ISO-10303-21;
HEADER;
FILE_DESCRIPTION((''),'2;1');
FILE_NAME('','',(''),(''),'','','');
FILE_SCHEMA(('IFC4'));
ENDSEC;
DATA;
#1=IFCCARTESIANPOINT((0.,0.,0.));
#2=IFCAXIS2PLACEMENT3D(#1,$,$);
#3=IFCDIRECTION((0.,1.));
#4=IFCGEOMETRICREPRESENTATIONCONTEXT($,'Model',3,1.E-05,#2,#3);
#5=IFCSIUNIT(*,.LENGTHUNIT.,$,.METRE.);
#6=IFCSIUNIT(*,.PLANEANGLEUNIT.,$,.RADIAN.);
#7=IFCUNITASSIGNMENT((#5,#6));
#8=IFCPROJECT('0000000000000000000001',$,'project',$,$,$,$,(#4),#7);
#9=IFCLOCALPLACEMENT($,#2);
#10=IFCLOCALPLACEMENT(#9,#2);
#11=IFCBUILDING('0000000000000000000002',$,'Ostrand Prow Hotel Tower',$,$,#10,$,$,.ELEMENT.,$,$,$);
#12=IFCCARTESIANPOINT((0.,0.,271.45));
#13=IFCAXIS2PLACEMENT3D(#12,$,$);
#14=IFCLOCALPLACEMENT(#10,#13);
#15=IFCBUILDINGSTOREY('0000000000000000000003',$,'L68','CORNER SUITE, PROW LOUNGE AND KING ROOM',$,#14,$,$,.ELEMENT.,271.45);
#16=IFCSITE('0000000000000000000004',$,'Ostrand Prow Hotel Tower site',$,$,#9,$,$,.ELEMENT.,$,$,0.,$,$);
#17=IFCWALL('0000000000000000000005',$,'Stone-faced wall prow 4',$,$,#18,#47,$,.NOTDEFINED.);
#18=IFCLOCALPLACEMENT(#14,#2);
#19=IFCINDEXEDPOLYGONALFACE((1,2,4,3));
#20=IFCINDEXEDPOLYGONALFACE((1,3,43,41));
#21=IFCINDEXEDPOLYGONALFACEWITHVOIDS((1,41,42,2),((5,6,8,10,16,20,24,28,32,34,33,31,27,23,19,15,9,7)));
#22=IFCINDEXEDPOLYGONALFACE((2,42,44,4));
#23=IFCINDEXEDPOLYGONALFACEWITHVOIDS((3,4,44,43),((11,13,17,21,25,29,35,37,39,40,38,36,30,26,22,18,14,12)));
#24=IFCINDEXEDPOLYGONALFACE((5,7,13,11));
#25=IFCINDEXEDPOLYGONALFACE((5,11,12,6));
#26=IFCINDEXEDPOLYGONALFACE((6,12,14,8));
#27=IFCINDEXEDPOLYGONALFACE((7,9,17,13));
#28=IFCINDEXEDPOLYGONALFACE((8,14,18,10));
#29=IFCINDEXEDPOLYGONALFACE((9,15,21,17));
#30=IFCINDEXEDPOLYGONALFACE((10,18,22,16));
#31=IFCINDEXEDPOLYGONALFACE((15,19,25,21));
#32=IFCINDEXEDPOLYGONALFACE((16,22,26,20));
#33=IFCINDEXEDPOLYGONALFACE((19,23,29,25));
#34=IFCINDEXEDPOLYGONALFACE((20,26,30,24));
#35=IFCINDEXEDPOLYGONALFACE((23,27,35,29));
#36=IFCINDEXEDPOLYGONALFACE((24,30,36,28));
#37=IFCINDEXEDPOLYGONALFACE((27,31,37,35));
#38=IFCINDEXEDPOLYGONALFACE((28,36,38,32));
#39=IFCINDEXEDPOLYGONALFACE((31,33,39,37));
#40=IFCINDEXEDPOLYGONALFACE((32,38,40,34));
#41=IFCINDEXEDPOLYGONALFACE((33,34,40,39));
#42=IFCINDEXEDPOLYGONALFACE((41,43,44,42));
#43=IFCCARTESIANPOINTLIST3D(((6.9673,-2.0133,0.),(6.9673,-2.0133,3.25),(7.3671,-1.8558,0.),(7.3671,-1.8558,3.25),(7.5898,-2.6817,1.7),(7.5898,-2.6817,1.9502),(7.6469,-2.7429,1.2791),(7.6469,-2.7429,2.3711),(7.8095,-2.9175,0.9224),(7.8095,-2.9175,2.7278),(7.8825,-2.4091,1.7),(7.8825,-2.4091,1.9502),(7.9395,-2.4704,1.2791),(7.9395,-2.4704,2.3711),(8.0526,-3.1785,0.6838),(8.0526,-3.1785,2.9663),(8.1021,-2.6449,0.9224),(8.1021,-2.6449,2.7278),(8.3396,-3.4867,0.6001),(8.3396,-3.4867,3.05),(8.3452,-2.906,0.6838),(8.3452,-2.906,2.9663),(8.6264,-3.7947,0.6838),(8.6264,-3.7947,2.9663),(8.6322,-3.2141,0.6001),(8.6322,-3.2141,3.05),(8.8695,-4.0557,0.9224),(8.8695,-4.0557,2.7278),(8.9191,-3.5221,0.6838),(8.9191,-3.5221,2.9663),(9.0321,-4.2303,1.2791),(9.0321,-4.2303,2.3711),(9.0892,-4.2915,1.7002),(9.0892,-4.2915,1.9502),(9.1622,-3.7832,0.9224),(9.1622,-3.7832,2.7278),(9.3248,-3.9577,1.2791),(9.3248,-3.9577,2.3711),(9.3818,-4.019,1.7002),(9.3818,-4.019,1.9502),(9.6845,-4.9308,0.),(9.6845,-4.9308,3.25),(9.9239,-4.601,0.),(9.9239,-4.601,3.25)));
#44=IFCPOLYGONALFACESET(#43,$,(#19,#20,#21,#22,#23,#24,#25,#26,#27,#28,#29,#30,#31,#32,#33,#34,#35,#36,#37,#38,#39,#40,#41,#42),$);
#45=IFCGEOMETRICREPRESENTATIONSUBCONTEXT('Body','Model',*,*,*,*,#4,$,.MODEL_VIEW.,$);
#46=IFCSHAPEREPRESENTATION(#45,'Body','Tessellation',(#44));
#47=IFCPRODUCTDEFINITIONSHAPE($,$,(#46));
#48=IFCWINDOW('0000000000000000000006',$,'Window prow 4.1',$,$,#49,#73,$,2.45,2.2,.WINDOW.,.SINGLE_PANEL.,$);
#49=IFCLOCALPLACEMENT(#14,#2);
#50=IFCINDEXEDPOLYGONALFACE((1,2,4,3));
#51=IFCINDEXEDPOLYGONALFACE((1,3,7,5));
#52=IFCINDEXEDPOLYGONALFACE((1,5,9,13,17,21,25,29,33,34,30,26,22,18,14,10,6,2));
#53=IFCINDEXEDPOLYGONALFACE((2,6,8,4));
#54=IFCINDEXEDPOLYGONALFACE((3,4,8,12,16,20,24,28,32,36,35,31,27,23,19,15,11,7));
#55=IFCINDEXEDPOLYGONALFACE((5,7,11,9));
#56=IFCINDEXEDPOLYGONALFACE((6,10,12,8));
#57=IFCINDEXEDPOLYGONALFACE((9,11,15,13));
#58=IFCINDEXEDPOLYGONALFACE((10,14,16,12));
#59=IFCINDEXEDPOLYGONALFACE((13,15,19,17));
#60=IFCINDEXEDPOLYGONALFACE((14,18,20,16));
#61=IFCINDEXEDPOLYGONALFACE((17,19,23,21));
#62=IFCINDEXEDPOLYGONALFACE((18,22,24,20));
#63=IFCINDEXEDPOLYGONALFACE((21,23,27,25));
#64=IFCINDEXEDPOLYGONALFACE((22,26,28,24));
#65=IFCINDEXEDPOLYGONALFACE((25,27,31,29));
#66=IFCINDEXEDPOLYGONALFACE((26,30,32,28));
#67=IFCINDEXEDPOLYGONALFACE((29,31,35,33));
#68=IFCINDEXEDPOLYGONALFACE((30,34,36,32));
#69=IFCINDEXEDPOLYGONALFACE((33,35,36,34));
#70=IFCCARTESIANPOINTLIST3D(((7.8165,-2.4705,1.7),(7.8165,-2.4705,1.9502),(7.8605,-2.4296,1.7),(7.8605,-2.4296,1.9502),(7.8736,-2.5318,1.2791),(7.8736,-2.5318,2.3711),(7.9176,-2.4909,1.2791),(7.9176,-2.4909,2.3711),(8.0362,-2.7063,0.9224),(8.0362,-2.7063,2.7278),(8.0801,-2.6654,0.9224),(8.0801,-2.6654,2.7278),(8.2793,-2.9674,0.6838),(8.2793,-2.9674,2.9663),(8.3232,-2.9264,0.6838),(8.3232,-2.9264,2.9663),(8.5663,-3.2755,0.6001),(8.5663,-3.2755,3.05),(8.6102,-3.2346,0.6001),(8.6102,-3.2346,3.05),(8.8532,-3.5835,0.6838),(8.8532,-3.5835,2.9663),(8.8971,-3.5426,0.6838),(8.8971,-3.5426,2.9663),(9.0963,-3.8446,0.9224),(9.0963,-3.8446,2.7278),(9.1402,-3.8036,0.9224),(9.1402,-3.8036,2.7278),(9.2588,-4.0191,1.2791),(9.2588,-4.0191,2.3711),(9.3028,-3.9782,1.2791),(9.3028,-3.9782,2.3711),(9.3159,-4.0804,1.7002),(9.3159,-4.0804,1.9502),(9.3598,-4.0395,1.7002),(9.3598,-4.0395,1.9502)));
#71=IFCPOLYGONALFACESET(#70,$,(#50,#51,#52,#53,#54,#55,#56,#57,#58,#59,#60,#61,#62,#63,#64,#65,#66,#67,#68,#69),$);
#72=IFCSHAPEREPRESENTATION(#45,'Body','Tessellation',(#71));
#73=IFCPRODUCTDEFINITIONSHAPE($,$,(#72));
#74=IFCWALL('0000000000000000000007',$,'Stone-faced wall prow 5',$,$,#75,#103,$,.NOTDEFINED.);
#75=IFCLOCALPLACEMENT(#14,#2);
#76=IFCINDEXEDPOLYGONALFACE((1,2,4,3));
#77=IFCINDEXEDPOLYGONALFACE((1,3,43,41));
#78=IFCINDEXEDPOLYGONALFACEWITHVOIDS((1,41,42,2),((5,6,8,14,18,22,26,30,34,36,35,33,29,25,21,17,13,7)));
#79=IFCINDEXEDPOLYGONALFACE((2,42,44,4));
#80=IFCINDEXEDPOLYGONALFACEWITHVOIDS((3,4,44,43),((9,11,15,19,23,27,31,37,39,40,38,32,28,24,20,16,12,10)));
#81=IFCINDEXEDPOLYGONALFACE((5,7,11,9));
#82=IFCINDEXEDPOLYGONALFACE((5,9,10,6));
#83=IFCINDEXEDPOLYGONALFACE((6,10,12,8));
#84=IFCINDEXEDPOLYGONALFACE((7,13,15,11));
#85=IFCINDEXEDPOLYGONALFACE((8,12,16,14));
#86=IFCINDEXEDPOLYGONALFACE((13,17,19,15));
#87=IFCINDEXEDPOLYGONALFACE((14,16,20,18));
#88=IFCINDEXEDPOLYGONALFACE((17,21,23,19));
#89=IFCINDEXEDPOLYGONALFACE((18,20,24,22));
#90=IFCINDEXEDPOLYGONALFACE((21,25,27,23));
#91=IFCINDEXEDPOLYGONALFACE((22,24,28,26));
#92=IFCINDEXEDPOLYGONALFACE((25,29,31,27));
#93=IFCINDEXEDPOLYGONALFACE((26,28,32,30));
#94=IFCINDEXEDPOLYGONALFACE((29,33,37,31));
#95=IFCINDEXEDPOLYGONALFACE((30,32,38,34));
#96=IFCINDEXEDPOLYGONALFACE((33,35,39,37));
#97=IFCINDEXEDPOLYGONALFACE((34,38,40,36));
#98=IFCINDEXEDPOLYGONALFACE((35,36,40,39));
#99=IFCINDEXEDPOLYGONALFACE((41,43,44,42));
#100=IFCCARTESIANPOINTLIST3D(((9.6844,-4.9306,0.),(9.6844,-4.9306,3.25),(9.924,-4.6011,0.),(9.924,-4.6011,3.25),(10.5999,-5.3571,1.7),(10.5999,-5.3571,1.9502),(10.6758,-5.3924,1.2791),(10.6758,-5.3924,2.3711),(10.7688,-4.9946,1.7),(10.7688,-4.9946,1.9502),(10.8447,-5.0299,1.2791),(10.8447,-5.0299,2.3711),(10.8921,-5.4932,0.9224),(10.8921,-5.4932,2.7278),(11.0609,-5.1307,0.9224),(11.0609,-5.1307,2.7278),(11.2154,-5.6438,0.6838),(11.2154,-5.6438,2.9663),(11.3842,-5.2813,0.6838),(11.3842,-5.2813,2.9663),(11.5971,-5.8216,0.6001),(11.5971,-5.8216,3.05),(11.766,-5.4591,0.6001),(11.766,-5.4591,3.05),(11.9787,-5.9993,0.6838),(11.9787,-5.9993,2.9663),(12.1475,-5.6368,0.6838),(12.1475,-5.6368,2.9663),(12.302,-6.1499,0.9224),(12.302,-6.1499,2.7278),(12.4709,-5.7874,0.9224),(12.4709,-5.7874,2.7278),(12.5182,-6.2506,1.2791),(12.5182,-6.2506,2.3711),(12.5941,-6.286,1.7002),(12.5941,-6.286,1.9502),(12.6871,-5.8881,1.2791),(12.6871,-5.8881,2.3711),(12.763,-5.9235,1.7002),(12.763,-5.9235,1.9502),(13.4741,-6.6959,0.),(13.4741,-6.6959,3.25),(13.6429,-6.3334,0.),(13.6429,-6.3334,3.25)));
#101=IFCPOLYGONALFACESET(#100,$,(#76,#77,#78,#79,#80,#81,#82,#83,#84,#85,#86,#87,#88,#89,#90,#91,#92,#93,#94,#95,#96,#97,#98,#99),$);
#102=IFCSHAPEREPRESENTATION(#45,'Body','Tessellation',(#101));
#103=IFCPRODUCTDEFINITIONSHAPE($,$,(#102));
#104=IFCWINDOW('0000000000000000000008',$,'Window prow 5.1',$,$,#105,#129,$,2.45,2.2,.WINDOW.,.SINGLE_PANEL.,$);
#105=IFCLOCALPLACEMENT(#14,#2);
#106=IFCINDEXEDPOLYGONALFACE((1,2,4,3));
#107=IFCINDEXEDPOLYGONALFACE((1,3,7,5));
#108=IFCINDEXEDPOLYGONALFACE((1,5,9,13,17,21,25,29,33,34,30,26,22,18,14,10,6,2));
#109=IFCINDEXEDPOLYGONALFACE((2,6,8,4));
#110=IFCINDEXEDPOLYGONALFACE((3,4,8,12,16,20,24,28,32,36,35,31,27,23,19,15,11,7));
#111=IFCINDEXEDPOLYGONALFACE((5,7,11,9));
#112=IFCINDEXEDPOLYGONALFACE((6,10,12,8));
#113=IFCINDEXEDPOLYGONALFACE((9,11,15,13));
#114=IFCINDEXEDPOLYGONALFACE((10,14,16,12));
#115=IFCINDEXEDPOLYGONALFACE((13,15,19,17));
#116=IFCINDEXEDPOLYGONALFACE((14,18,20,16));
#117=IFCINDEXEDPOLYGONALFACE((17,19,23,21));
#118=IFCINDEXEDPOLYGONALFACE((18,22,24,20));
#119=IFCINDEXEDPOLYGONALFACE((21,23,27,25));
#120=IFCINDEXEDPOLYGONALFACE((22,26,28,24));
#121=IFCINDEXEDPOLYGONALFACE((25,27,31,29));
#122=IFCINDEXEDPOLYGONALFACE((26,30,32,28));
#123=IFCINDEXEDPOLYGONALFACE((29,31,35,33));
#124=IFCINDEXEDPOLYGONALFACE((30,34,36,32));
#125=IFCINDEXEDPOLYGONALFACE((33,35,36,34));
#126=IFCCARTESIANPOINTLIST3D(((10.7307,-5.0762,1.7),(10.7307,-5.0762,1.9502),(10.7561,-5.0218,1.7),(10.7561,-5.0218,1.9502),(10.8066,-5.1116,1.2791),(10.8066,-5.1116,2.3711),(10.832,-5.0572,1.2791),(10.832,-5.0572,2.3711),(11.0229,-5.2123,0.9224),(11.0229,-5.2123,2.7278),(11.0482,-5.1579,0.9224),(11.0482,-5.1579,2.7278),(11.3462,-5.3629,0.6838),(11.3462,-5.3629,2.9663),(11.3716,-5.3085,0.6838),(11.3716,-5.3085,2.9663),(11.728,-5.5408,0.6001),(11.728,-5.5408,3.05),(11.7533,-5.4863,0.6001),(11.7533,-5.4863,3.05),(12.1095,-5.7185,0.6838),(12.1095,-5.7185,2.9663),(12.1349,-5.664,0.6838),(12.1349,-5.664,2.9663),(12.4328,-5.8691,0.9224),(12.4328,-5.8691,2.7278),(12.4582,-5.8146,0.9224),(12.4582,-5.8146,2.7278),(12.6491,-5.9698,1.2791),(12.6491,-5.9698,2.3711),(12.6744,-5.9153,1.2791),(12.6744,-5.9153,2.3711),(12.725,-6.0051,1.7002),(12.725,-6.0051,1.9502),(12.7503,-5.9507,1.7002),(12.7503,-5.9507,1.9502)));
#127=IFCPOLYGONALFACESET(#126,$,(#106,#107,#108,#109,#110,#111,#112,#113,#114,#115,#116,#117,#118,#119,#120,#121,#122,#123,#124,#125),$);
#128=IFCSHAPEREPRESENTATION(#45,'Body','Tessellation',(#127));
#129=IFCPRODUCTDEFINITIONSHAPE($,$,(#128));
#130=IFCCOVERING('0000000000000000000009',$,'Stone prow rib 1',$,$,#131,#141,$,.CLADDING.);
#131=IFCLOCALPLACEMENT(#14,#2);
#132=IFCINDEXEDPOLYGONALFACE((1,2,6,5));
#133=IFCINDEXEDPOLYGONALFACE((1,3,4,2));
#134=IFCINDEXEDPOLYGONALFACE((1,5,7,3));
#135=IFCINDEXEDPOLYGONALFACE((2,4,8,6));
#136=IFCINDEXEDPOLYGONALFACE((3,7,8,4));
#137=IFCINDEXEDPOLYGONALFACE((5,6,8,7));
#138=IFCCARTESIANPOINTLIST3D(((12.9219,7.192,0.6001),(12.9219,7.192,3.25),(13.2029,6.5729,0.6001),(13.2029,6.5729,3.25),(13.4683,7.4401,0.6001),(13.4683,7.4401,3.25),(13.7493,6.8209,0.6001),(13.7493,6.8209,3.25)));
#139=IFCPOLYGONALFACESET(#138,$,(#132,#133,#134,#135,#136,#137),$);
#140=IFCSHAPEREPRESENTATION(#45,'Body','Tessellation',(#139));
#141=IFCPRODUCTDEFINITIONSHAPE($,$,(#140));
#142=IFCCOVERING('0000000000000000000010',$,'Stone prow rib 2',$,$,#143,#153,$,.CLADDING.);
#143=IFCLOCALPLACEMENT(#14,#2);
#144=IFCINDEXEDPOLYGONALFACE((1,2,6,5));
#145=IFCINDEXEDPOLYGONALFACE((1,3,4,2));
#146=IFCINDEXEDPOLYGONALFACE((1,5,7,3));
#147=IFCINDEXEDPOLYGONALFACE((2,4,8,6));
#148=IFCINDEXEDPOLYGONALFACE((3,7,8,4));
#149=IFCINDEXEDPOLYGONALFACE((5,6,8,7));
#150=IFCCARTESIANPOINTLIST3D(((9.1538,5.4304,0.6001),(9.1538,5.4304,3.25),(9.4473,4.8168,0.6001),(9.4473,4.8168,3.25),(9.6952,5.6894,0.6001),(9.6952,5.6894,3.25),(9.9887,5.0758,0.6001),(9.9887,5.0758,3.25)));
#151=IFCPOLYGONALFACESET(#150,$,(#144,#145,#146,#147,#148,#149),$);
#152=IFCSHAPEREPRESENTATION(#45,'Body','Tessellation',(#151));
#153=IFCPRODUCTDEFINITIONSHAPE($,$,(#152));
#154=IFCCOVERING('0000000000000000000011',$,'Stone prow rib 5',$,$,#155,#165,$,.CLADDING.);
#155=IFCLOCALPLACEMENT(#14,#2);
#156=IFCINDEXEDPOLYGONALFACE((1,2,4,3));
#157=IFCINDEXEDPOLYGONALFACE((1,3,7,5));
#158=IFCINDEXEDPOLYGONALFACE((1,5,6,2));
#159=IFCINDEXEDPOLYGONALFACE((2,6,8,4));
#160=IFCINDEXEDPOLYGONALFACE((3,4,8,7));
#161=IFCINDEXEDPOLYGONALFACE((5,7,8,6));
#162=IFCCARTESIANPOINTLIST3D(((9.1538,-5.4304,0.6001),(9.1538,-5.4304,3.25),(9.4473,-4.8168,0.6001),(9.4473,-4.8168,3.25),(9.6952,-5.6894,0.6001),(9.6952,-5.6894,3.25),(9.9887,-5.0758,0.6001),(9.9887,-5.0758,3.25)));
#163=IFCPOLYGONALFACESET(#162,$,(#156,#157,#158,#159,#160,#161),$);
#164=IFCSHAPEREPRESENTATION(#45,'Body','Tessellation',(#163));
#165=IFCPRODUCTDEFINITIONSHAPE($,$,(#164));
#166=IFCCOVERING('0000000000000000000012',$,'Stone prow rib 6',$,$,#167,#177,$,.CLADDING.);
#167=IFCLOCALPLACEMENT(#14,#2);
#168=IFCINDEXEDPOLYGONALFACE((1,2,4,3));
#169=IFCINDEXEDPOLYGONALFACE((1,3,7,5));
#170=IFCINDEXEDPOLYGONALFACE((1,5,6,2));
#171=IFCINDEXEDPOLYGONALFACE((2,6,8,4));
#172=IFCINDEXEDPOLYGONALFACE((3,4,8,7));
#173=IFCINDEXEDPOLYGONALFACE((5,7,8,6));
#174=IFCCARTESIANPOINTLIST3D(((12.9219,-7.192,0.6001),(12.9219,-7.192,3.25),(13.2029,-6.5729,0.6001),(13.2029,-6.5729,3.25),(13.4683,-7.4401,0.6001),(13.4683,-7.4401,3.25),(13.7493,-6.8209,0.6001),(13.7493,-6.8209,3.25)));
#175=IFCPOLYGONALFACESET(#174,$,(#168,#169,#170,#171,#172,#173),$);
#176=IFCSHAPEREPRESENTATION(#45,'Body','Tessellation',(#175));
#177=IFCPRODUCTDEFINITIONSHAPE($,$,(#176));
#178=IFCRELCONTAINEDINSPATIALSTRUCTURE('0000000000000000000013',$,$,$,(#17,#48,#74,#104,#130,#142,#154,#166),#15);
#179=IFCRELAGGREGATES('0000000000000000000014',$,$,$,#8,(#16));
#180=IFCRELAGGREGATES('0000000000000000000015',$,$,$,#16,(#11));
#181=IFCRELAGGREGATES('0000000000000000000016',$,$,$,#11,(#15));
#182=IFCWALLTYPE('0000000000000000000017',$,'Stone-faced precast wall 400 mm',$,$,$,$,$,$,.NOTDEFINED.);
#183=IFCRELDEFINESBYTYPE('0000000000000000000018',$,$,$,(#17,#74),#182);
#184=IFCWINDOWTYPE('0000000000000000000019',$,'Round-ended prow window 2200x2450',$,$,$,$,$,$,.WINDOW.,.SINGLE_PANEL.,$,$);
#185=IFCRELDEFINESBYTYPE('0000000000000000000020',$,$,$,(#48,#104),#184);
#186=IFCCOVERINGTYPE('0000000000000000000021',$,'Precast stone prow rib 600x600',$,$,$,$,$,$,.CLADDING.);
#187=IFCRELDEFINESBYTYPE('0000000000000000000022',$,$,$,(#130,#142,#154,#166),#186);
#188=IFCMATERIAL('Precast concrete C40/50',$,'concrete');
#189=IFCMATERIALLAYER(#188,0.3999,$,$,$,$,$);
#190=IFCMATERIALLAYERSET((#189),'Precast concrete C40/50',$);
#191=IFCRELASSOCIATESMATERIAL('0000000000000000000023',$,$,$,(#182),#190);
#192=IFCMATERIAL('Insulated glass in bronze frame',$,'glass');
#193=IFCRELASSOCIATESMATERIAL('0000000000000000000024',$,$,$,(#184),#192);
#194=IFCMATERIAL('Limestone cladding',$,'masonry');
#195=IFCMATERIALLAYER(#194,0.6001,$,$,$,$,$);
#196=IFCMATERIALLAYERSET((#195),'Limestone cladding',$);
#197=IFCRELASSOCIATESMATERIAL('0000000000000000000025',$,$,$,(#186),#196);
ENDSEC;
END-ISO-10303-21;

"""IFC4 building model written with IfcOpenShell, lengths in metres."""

from ifc_helpers import new_model, si_unit, direction, frame, frame_2d, origin, place, context, subcontext, project, spatial, polyline, rectangle, outline, extrude, material, layer, layer_set, type_object, element, fill, save


model = new_model("IFC4")

# Units and contexts
model_context = context("Model", 3, precision=1e-05, world=origin(), true_north=direction((0.0, 1.0)))
body_context = subcontext(model_context, "Body", "Model", "MODEL_VIEW")
ifc_project = project(units=[si_unit("LENGTHUNIT", "METRE"), si_unit("PLANEANGLEUNIT", "RADIAN")], contexts=[model_context])

# Site, building, storey
site_placement = place(None, origin())
site = spatial("IfcSite", under=ifc_project, at=site_placement, Name="Ostrand Prow Hotel Tower site", CompositionType="ELEMENT", RefElevation=0.0)
building_placement = place(site_placement, origin())
building = spatial("IfcBuilding", under=site, at=building_placement, Name="Ostrand Prow Hotel Tower", CompositionType="ELEMENT")
storey_placement = place(building_placement, frame((0.0, 0.0, 271.45)))
storey = spatial("IfcBuildingStorey", under=building, at=storey_placement, Name="L68", Description="CORNER SUITE, PROW LOUNGE AND KING ROOM", CompositionType="ELEMENT", Elevation=271.45)

# Walls, openings, windows
ifc_material_1 = material(Name="Precast concrete C40/50", Category="concrete")
ifc_layer_1 = layer(ifc_material_1, 0.3999)
ifc_layer_set_1 = layer_set([ifc_layer_1], Name="Precast concrete C40/50")
wall_type_1 = type_object("IfcWallType", Name="Stone-faced precast wall 400 mm", PredefinedType="NOTDEFINED", material=ifc_layer_set_1)
ifc_material_2 = material(Name="Insulated glass in bronze frame", Category="glass")
window_type = type_object("IfcWindowType", Name="Round-ended prow window 2200x2450", PartitioningType="SINGLE_PANEL", PredefinedType="WINDOW", material=ifc_material_2)
wall_1_placement = place(storey_placement, frame((7.1672, -1.9346, 0.0), z_axis=(0.0, 0.0, 1.0), x_axis=(0.681547, -0.731775, 0.0)))
wall_1 = element("IfcWall", 1, at=wall_1_placement, inside=storey, type_object=wall_type_1, Name="Stone-faced wall prow 4", PredefinedType="NOTDEFINED", context=body_context, shape_type="SweptSolid", body=[
    extrude(outline(polyline([(-0.0786, -0.2), (3.9082, -0.2), (3.8301, 0.2), (0.0786, 0.2), (-0.0786, -0.2)])), origin(), (0.0, 0.0, 1.0), 3.25),
])
opening_1_placement = place(wall_1_placement, frame((0.8347, 0.0, 0.6001)))
opening_1 = element("IfcOpeningElement", 2, at=opening_1_placement, cuts=wall_1, PredefinedType="OPENING", context=body_context, shape_type="SweptSolid", body=[
    extrude(outline(polyline([(0.0, 1.3501), (0.0837, 1.771), (0.3223, 2.1277), (0.679, 2.3662), (1.1001, 2.45), (1.521, 2.3662), (1.8777, 2.1277), (2.1162, 1.771), (2.2, 1.3501), (2.2, 1.1001), (2.1162, 0.679), (1.8777, 0.3223), (1.521, 0.0837), (1.1001, 0.0), (0.679, 0.0837), (0.3223, 0.3223), (0.0837, 0.679), (0.0, 1.0999), (0.0, 1.3501)])), frame((0.0, 0.21, 0.0), z_axis=(0.0, -1.0, 0.0), x_axis=(1.0, 0.0, 0.0)), (0.0, 0.0, 1.0), 0.4199),
])
window_1_placement = place(opening_1_placement, origin())
window_1 = element("IfcWindow", 3, at=window_1_placement, inside=storey, type_object=window_type, Name="Window prow 4.1", OverallHeight=2.45, OverallWidth=2.2, PartitioningType="SINGLE_PANEL", PredefinedType="WINDOW", context=body_context, shape_type="SweptSolid", body=[
    extrude(outline(polyline([(0.0, 1.3501), (0.0837, 1.771), (0.3223, 2.1277), (0.679, 2.3662), (1.1001, 2.45), (1.521, 2.3662), (1.8777, 2.1277), (2.1162, 1.771), (2.2, 1.3501), (2.2, 1.1001), (2.1162, 0.679), (1.8777, 0.3223), (1.521, 0.0837), (1.1001, 0.0), (0.679, 0.0837), (0.3223, 0.3223), (0.0837, 0.679), (0.0, 1.0999), (0.0, 1.3501)])), frame((0.0, 0.1699, 0.0), z_axis=(0.0, -1.0, 0.0), x_axis=(1.0, 0.0, 0.0)), (0.0, 0.0, 1.0), 0.0601),
])
fill(opening_1, window_1)
wall_2_placement = place(storey_placement, frame((9.8042, -4.7659, 0.0), z_axis=(0.0, 0.0, 1.0), x_axis=(0.906486, -0.422237, 0.0)))
wall_2 = element("IfcWall", 4, at=wall_2_placement, inside=storey, type_object=wall_type_1, Name="Stone-faced wall prow 5", PredefinedType="NOTDEFINED", context=body_context, shape_type="SweptSolid", body=[
    extrude(outline(polyline([(-0.0391, -0.2), (4.1416, -0.2), (4.1416, 0.2), (0.0391, 0.2), (-0.0391, -0.2)])), origin(), (0.0, 0.0, 1.0), 3.25),
])
opening_2_placement = place(wall_2_placement, frame((0.9709, 0.0, 0.6001)))
opening_2 = element("IfcOpeningElement", 5, at=opening_2_placement, cuts=wall_2, PredefinedType="OPENING", context=body_context, shape_type="SweptSolid", body=[
    extrude(outline(polyline([(0.0, 1.3501), (0.0837, 1.771), (0.3223, 2.1277), (0.679, 2.3662), (1.1001, 2.45), (1.521, 2.3662), (1.8777, 2.1277), (2.1162, 1.771), (2.2, 1.3501), (2.2, 1.1001), (2.1162, 0.679), (1.8777, 0.3223), (1.521, 0.0837), (1.1001, 0.0), (0.679, 0.0837), (0.3223, 0.3223), (0.0837, 0.679), (0.0, 1.0999), (0.0, 1.3501)])), frame((0.0, 0.21, 0.0), z_axis=(0.0, -1.0, 0.0), x_axis=(1.0, 0.0, 0.0)), (0.0, 0.0, 1.0), 0.4199),
])
window_2_placement = place(opening_2_placement, origin())
window_2 = element("IfcWindow", 6, at=window_2_placement, inside=storey, type_object=window_type, Name="Window prow 5.1", OverallHeight=2.45, OverallWidth=2.2, PartitioningType="SINGLE_PANEL", PredefinedType="WINDOW", context=body_context, shape_type="SweptSolid", body=[
    extrude(outline(polyline([(0.0, 1.3501), (0.0837, 1.771), (0.3223, 2.1277), (0.679, 2.3662), (1.1001, 2.45), (1.521, 2.3662), (1.8777, 2.1277), (2.1162, 1.771), (2.2, 1.3501), (2.2, 1.1001), (2.1162, 0.679), (1.8777, 0.3223), (1.521, 0.0837), (1.1001, 0.0), (0.679, 0.0837), (0.3223, 0.3223), (0.0837, 0.679), (0.0, 1.0999), (0.0, 1.3501)])), frame((0.0, 0.1699, 0.0), z_axis=(0.0, -1.0, 0.0), x_axis=(1.0, 0.0, 0.0)), (0.0, 0.0, 1.0), 0.0601),
])
fill(opening_2, window_2)

# Coverings
ifc_material_3 = material(Name="Limestone cladding", Category="masonry")
ifc_layer_2 = layer(ifc_material_3, 0.6001)
ifc_layer_set_2 = layer_set([ifc_layer_2], Name="Limestone cladding")
covering_type = type_object("IfcCoveringType", Name="Precast stone prow rib 600x600", PredefinedType="CLADDING", material=ifc_layer_set_2)
covering_1_placement = place(storey_placement, frame((13.4761, 6.697, 0.6001), z_axis=(0.0, 0.0, 1.0), x_axis=(-0.413289, 0.9106, 0.0)))
element("IfcCovering", 7, at=covering_1_placement, inside=storey, type_object=covering_type, Name="Stone prow rib 1", PredefinedType="CLADDING", context=body_context, shape_type="SweptSolid", body=[
    extrude(rectangle(XDim=0.6799, YDim=0.6001, at=frame_2d((0.3398, 0.0))), origin(), (0.0, 0.0, 1.0), 2.6499),
])
for number, where, z_axis, x_axis, name in (
    (8, (9.718, 4.9463, 0.6001), (0.0, 0.0, 1.0), (-0.431494, 0.902116, 0.0), "Stone prow rib 2"),
    (9, (9.718, -4.9463, 0.6001), (0.0, 0.0, 1.0), (-0.431494, -0.902116, 0.0), "Stone prow rib 5"),
):
    element("IfcCovering", number, at=place(storey_placement, frame(where, z_axis=z_axis, x_axis=x_axis)), inside=storey, type_object=covering_type, Name=name, PredefinedType="CLADDING", context=body_context, shape_type="SweptSolid", body=[
        extrude(rectangle(XDim=0.6802, YDim=0.6001, at=frame_2d((0.3401, 0.0))), origin(), (0.0, 0.0, 1.0), 2.6499),
    ])
covering_2_placement = place(storey_placement, frame((13.4761, -6.697, 0.6001), z_axis=(0.0, 0.0, 1.0), x_axis=(-0.413289, -0.9106, 0.0)))
element("IfcCovering", 10, at=covering_2_placement, inside=storey, type_object=covering_type, Name="Stone prow rib 6", PredefinedType="CLADDING", context=body_context, shape_type="SweptSolid", body=[
    extrude(rectangle(XDim=0.6799, YDim=0.6001, at=frame_2d((0.3398, 0.0))), origin(), (0.0, 0.0, 1.0), 2.6499),
])

save(model, "model.ifc")
